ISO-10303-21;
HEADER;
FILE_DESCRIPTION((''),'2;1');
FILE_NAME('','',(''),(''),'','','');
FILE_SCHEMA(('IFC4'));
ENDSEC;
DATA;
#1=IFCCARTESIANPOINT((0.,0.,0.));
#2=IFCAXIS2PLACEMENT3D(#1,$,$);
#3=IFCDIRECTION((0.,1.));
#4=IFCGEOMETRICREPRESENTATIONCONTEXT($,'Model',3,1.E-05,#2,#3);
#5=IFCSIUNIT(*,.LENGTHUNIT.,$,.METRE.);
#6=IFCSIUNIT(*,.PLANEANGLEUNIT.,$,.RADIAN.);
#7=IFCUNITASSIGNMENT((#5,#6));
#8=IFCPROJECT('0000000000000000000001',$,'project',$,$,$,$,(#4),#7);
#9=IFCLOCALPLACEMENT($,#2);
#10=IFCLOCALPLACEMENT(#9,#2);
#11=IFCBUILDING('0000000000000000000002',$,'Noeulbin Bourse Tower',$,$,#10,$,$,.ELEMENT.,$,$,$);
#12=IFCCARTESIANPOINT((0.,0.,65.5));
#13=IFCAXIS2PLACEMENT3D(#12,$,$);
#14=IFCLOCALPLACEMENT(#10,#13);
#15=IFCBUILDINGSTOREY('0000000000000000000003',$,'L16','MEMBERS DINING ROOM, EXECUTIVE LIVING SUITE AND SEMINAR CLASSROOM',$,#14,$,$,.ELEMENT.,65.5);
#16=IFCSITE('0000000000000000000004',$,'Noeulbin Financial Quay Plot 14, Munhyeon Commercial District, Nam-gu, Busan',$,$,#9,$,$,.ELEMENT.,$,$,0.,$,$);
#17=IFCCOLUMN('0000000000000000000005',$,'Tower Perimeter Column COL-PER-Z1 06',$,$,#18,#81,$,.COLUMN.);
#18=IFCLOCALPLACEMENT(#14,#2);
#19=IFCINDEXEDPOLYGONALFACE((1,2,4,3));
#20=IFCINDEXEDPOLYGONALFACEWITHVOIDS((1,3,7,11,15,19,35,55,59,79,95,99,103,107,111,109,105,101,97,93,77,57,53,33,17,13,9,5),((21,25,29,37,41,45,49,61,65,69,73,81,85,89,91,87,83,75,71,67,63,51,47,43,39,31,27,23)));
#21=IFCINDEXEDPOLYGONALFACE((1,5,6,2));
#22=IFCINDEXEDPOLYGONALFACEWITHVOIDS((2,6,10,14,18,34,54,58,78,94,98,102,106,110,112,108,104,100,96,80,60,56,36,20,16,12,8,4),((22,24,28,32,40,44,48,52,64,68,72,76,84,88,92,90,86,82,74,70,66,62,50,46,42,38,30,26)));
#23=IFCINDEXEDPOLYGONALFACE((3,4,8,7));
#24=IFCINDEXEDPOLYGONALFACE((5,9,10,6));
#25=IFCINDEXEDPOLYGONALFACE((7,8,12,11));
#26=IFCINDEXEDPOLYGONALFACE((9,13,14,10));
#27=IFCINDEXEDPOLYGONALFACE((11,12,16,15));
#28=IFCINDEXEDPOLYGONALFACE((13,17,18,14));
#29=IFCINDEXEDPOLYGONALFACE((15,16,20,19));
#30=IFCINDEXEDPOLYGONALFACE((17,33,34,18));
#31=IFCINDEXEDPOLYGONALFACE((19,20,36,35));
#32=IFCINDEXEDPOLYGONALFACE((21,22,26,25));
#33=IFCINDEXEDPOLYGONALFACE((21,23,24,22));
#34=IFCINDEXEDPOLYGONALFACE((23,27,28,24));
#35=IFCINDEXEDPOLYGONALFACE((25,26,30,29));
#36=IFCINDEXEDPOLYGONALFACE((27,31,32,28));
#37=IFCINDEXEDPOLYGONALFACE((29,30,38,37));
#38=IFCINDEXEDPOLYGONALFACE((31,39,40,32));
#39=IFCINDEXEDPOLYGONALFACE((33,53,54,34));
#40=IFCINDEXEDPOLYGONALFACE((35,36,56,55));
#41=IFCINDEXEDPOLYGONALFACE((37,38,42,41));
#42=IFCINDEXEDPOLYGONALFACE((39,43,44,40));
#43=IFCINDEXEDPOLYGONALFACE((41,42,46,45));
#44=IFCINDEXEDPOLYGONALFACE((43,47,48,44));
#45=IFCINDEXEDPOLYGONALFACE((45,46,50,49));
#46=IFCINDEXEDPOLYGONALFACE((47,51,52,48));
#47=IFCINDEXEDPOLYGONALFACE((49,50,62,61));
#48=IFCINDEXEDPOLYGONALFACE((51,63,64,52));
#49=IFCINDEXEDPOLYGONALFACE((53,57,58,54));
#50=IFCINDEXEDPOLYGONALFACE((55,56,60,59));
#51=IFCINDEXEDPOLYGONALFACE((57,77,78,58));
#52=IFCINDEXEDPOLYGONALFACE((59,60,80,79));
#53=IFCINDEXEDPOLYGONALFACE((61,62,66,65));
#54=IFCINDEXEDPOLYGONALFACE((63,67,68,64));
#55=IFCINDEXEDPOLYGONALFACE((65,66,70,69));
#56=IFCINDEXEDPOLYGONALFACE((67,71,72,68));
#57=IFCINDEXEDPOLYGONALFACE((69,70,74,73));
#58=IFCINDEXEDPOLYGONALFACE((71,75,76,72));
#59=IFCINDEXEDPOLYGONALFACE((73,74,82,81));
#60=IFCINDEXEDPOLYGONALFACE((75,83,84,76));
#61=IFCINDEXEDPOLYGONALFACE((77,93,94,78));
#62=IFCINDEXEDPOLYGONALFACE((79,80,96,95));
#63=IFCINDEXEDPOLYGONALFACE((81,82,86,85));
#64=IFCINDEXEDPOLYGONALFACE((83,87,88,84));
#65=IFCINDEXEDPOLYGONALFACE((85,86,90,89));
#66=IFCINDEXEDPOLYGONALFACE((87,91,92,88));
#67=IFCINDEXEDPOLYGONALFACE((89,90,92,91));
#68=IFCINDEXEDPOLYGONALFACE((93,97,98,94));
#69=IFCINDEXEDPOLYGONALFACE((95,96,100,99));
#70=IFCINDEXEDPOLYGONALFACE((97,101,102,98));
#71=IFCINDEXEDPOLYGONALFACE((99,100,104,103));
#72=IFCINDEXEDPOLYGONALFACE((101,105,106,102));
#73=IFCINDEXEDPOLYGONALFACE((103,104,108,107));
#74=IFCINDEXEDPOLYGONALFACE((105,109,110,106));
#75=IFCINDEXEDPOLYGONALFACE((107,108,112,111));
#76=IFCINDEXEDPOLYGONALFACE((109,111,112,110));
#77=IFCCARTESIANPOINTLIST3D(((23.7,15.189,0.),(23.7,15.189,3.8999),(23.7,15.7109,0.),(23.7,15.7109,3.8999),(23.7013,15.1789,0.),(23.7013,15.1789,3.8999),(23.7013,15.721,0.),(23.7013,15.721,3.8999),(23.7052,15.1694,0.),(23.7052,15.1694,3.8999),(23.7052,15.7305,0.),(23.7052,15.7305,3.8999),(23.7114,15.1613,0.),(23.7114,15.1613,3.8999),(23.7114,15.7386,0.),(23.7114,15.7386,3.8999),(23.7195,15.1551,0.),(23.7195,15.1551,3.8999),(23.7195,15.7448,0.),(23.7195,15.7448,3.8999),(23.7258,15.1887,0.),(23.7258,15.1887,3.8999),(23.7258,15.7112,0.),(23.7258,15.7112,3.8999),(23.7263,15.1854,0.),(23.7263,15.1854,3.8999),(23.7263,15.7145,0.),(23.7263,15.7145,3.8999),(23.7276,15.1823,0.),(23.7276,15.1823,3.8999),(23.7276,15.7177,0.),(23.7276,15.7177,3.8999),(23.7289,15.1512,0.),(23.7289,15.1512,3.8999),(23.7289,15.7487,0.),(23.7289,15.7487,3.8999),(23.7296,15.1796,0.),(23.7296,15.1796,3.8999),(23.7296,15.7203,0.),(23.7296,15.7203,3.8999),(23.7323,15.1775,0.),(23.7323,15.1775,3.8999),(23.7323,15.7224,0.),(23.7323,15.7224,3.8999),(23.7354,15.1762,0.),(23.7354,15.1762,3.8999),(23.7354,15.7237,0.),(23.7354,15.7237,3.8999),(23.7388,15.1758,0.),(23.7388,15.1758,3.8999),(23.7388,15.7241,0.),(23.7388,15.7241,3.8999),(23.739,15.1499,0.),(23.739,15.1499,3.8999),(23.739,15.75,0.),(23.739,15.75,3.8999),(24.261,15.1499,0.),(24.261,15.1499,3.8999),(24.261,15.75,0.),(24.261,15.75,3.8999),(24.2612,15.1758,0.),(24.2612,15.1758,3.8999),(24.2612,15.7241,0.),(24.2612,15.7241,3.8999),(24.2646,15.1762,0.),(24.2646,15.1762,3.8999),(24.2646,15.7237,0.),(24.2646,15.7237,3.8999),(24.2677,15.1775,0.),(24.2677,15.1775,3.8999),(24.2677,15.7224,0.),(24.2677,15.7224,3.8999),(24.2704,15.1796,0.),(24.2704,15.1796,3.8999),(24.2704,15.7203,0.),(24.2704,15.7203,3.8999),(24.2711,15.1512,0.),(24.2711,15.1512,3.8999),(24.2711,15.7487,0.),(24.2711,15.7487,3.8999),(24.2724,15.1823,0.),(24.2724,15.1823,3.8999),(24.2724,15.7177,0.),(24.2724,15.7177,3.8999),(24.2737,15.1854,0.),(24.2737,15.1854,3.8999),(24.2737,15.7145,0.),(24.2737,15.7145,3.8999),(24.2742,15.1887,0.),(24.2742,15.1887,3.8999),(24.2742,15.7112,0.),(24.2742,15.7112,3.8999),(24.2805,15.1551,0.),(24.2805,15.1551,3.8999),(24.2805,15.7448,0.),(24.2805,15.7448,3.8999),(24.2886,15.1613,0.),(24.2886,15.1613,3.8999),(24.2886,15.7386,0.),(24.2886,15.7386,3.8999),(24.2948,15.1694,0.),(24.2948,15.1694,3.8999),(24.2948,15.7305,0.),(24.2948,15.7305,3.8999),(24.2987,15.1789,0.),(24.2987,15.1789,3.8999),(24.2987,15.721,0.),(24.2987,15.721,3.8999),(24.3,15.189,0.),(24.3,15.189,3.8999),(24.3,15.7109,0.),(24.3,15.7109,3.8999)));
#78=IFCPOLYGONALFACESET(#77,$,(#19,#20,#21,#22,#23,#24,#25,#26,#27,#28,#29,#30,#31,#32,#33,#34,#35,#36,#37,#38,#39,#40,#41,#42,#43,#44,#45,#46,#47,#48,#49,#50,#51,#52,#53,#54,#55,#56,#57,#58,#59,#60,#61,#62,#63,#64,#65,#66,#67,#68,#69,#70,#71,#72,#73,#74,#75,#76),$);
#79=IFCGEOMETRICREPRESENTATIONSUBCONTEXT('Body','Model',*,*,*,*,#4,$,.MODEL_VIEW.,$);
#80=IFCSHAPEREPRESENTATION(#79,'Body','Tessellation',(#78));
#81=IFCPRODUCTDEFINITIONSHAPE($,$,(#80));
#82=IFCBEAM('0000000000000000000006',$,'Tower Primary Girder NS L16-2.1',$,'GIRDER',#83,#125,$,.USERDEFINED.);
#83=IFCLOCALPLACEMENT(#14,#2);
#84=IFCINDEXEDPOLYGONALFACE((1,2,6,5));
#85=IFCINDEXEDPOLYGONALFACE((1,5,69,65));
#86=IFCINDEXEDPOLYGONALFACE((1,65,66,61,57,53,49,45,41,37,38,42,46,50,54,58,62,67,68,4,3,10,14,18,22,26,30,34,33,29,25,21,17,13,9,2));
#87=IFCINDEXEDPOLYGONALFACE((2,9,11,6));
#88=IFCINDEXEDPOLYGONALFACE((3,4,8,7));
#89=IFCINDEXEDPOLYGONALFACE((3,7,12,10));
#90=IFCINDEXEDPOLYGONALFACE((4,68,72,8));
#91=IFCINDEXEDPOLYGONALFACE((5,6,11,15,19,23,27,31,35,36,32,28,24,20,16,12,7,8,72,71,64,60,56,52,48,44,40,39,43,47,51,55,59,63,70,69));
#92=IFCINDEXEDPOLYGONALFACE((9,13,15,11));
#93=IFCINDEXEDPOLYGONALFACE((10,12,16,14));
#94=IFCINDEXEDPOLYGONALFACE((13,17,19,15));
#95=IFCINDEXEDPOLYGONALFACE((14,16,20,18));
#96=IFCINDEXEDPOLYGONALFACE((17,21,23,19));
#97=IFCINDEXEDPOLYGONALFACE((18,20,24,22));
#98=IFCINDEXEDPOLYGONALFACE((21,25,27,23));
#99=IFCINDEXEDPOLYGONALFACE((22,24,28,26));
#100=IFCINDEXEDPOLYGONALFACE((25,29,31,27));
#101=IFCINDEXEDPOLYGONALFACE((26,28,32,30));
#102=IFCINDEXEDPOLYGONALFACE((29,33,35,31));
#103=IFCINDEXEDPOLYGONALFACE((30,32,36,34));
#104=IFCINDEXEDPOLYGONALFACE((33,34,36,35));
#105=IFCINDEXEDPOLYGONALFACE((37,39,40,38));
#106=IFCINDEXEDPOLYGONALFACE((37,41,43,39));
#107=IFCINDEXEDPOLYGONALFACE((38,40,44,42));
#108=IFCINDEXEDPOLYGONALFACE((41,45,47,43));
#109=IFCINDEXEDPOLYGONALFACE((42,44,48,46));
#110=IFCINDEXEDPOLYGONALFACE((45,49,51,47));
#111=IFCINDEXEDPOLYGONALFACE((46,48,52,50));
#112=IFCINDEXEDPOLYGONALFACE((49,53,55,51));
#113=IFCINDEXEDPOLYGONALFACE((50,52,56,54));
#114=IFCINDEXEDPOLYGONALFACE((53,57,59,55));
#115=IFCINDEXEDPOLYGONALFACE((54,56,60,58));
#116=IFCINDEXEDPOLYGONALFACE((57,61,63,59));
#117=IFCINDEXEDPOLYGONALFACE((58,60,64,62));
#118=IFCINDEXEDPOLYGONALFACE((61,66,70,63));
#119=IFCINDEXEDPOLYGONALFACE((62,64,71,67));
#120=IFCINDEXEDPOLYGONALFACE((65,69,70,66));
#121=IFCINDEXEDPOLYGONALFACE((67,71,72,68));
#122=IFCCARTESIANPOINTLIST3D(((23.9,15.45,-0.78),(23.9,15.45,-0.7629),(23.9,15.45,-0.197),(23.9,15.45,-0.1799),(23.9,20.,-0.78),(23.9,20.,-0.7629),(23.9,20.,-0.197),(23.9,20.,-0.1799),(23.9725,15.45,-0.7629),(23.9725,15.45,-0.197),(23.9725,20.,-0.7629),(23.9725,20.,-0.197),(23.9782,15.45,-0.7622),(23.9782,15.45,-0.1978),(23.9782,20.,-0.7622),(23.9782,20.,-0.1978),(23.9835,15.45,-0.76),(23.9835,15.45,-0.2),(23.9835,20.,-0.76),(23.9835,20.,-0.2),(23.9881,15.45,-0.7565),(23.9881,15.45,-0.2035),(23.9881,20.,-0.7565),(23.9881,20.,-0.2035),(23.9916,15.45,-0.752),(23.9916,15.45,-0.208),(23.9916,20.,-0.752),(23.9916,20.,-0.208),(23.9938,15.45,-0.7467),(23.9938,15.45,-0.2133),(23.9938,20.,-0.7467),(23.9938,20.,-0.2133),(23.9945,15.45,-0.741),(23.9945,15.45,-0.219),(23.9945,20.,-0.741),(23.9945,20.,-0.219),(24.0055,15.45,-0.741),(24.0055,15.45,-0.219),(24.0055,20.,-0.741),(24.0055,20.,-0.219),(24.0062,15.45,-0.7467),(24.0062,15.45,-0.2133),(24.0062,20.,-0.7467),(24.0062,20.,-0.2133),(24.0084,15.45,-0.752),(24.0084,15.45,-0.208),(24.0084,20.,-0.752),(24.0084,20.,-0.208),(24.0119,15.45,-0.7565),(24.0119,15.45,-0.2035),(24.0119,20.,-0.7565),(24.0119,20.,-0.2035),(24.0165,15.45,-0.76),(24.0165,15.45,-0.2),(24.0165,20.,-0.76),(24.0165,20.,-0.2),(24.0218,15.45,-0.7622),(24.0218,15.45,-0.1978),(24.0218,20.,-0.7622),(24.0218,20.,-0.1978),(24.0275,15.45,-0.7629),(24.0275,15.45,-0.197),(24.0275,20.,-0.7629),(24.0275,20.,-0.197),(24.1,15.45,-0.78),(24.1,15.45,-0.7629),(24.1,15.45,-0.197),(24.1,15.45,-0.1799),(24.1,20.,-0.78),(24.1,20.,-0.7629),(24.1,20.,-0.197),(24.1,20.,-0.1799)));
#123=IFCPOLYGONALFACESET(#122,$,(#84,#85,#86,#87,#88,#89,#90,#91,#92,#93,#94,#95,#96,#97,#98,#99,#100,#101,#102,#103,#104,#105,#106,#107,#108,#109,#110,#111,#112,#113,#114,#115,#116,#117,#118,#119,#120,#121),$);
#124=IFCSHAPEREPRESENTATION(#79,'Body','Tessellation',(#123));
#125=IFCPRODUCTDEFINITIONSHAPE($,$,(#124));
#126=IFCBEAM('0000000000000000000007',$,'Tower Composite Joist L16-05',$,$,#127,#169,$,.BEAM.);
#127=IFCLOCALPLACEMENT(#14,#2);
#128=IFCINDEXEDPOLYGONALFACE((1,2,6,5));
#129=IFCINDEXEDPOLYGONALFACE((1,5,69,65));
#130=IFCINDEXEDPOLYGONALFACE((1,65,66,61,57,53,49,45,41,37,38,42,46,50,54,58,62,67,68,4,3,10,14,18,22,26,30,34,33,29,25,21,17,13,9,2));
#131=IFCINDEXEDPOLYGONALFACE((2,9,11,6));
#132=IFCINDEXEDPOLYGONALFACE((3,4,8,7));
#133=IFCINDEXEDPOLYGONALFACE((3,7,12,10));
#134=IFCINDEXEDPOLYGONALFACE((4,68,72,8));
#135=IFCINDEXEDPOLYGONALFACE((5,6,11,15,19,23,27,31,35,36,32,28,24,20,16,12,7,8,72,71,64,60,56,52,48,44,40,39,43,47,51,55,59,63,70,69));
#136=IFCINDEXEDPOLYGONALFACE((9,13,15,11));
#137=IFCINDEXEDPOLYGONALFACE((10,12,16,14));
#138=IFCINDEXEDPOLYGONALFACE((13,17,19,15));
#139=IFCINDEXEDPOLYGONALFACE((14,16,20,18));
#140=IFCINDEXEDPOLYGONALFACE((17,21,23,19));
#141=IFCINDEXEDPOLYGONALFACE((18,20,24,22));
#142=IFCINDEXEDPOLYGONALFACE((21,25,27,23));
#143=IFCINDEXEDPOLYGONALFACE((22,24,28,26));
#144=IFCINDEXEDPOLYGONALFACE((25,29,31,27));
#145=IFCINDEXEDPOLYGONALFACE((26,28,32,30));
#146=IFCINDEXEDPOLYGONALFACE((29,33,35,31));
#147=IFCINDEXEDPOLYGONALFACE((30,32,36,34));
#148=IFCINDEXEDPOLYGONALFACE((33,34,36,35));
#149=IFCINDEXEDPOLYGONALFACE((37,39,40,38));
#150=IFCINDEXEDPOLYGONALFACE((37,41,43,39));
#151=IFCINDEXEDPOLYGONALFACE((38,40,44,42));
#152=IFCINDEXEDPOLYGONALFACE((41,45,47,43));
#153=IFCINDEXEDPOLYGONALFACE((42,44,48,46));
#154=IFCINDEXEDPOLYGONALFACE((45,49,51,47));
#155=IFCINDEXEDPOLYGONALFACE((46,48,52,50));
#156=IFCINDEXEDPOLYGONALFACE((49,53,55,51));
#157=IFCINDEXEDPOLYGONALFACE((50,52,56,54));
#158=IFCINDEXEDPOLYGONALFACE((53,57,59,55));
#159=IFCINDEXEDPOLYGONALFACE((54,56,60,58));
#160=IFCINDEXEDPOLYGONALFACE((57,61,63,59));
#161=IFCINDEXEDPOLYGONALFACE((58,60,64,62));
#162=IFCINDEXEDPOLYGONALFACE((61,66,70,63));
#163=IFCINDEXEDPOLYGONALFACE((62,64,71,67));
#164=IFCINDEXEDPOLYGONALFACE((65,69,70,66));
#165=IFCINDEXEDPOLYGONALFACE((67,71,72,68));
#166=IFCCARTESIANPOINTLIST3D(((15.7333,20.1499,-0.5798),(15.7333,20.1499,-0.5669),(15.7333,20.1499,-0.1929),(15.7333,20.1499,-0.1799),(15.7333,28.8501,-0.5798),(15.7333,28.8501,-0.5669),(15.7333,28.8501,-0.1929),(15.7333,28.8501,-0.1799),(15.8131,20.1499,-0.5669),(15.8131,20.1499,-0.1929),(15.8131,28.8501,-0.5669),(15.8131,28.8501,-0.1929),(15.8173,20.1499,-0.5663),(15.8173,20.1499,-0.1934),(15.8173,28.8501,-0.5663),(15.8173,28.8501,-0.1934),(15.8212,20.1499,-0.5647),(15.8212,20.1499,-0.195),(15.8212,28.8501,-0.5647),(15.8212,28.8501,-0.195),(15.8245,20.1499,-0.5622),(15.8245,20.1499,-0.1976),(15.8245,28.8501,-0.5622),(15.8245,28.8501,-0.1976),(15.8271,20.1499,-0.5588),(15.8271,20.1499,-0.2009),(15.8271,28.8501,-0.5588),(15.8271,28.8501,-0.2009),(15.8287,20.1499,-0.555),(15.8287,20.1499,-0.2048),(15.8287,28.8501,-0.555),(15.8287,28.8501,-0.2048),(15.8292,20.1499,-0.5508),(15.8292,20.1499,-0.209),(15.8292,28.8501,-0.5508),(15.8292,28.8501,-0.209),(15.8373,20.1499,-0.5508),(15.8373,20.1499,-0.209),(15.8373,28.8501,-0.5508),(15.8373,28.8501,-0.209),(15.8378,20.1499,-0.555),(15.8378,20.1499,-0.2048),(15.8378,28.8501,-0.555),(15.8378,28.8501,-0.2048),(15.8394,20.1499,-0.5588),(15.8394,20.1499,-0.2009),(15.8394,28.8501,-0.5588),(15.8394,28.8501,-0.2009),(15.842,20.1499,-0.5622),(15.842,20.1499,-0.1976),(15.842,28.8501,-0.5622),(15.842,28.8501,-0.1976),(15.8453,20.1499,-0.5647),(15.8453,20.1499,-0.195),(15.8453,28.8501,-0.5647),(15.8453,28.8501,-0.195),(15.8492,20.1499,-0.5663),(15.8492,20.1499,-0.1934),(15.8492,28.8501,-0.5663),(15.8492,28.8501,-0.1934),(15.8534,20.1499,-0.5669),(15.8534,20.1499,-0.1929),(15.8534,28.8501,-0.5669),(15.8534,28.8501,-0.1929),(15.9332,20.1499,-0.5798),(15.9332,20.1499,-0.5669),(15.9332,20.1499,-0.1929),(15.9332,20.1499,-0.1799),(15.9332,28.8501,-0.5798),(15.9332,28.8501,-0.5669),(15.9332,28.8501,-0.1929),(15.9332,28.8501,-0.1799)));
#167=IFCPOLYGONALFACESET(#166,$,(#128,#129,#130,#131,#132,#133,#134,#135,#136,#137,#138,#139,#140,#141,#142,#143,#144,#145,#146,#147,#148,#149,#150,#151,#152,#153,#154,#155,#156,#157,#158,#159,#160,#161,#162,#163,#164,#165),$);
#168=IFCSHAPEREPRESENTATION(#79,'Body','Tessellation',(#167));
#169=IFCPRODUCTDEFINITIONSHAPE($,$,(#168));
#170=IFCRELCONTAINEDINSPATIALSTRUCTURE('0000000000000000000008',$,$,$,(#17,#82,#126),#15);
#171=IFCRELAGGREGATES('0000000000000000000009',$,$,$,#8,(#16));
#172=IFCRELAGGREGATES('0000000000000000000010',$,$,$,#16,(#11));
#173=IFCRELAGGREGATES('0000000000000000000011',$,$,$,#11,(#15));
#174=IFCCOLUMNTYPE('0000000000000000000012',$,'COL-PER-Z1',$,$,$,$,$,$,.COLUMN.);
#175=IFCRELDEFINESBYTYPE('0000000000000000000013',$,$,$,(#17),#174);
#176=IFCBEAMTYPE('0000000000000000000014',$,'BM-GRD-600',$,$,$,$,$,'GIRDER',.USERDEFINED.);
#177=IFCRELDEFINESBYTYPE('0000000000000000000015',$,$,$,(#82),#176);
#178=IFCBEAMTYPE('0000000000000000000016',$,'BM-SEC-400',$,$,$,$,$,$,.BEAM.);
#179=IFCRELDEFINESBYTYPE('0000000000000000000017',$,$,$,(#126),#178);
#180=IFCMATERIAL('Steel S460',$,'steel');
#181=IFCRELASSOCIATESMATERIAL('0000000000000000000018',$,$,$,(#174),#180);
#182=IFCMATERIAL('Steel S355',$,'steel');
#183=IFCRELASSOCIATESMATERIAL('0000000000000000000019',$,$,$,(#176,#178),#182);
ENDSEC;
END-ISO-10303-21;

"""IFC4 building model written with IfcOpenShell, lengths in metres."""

from ifc_helpers import new_model, si_unit, direction, frame, origin, origin_2d, place, context, subcontext, project, spatial, hollow_rectangle, i_section, extrude, material, material_profile, profile_set, type_object, element, save


model = new_model("IFC4")

# Units and contexts
model_context = context("Model", 3, precision=1e-05, world=origin(), true_north=direction((0.0, 1.0)))
body_context = subcontext(model_context, "Body", "Model", "MODEL_VIEW")
ifc_project = project(units=[si_unit("LENGTHUNIT", "METRE"), si_unit("PLANEANGLEUNIT", "RADIAN")], contexts=[model_context])

# Site, building, storey
site_placement = place(None, origin())
site = spatial("IfcSite", under=ifc_project, at=site_placement, Name="Noeulbin Financial Quay Plot 14, Munhyeon Commercial District, Nam-gu, Busan", CompositionType="ELEMENT", RefElevation=0.0)
building_placement = place(site_placement, origin())
building = spatial("IfcBuilding", under=site, at=building_placement, Name="Noeulbin Bourse Tower", CompositionType="ELEMENT")
storey_placement = place(building_placement, frame((0.0, 0.0, 65.5)))
storey = spatial("IfcBuildingStorey", under=building, at=storey_placement, Name="L16", Description="MEMBERS DINING ROOM, EXECUTIVE LIVING SUITE AND SEMINAR CLASSROOM", CompositionType="ELEMENT", Elevation=65.5)

# Column
ifc_material_1 = material(Name="Steel S460", Category="steel")
ifc_material_profile_1 = material_profile(ifc_material_1, hollow_rectangle(XDim=0.6001, YDim=0.6001, WallThickness=0.0259, InnerFilletRadius=0.0129, OuterFilletRadius=0.0391, at=origin_2d()), Name="BOX-600x600x26", Category="LoadBearing")
ifc_profile_set_1 = profile_set([ifc_material_profile_1], Name="Steel S460")
column_type = type_object("IfcColumnType", Name="COL-PER-Z1", PredefinedType="COLUMN", material=ifc_profile_set_1)
column_placement = place(storey_placement, frame((24.0, 15.45, 0.0), z_axis=(0.0, 0.0, 1.0), x_axis=(1.0, 0.0, 0.0)))
element("IfcColumn", 1, at=column_placement, inside=storey, type_object=column_type, Name="Tower Perimeter Column COL-PER-Z1 06", PredefinedType="COLUMN", context=body_context, shape_type="SweptSolid", body=[
    extrude(hollow_rectangle(XDim=0.6001, YDim=0.6001, WallThickness=0.0259, InnerFilletRadius=0.0129, OuterFilletRadius=0.0391, at=origin_2d()), origin(), (0.0, 0.0, 1.0), 3.8999),
])

# Beams
ifc_material_2 = material(Name="Steel S355", Category="steel")
ifc_material_profile_2 = material_profile(ifc_material_2, i_section(OverallWidth=0.2, OverallDepth=0.6001, WebThickness=0.011, FlangeThickness=0.0171, FilletRadius=0.022, at=origin_2d()), Name="H-600x200x11x17", Category="LoadBearing")
ifc_profile_set_2 = profile_set([ifc_material_profile_2], Name="Steel S355")
beam_type_1 = type_object("IfcBeamType", Name="BM-GRD-600", ElementType="GIRDER", PredefinedType="USERDEFINED", material=ifc_profile_set_2)
beam_1_placement = place(storey_placement, frame((24.0, 15.45, -0.48), z_axis=(0.0, 1.0, 0.0), x_axis=(-1.0, 0.0, 0.0)))
element("IfcBeam", 2, at=beam_1_placement, inside=storey, type_object=beam_type_1, Name="Tower Primary Girder NS L16-2.1", ObjectType="GIRDER", PredefinedType="USERDEFINED", context=body_context, shape_type="SweptSolid", body=[
    extrude(i_section(OverallWidth=0.2, OverallDepth=0.6001, WebThickness=0.011, FlangeThickness=0.0171, FilletRadius=0.022, at=origin_2d()), origin(), (0.0, 0.0, 1.0), 4.55),
])
ifc_material_profile_3 = material_profile(ifc_material_2, i_section(OverallWidth=0.2, OverallDepth=0.3999, WebThickness=0.0081, FlangeThickness=0.0129, FilletRadius=0.0161, at=origin_2d()), Name="H-400x200x8x13", Category="LoadBearing")
ifc_profile_set_3 = profile_set([ifc_material_profile_3], Name="Steel S355")
beam_type_2 = type_object("IfcBeamType", Name="BM-SEC-400", PredefinedType="BEAM", material=ifc_profile_set_3)
beam_2_placement = place(storey_placement, frame((15.8333, 20.1499, -0.3799), z_axis=(0.0, 1.0, 0.0), x_axis=(-1.0, 0.0, 0.0)))
element("IfcBeam", 3, at=beam_2_placement, inside=storey, type_object=beam_type_2, Name="Tower Composite Joist L16-05", PredefinedType="BEAM", context=body_context, shape_type="SweptSolid", body=[
    extrude(i_section(OverallWidth=0.2, OverallDepth=0.3999, WebThickness=0.0081, FlangeThickness=0.0129, FilletRadius=0.0161, at=origin_2d()), origin(), (0.0, 0.0, 1.0), 8.7002),
])

save(model, "model.ifc")
